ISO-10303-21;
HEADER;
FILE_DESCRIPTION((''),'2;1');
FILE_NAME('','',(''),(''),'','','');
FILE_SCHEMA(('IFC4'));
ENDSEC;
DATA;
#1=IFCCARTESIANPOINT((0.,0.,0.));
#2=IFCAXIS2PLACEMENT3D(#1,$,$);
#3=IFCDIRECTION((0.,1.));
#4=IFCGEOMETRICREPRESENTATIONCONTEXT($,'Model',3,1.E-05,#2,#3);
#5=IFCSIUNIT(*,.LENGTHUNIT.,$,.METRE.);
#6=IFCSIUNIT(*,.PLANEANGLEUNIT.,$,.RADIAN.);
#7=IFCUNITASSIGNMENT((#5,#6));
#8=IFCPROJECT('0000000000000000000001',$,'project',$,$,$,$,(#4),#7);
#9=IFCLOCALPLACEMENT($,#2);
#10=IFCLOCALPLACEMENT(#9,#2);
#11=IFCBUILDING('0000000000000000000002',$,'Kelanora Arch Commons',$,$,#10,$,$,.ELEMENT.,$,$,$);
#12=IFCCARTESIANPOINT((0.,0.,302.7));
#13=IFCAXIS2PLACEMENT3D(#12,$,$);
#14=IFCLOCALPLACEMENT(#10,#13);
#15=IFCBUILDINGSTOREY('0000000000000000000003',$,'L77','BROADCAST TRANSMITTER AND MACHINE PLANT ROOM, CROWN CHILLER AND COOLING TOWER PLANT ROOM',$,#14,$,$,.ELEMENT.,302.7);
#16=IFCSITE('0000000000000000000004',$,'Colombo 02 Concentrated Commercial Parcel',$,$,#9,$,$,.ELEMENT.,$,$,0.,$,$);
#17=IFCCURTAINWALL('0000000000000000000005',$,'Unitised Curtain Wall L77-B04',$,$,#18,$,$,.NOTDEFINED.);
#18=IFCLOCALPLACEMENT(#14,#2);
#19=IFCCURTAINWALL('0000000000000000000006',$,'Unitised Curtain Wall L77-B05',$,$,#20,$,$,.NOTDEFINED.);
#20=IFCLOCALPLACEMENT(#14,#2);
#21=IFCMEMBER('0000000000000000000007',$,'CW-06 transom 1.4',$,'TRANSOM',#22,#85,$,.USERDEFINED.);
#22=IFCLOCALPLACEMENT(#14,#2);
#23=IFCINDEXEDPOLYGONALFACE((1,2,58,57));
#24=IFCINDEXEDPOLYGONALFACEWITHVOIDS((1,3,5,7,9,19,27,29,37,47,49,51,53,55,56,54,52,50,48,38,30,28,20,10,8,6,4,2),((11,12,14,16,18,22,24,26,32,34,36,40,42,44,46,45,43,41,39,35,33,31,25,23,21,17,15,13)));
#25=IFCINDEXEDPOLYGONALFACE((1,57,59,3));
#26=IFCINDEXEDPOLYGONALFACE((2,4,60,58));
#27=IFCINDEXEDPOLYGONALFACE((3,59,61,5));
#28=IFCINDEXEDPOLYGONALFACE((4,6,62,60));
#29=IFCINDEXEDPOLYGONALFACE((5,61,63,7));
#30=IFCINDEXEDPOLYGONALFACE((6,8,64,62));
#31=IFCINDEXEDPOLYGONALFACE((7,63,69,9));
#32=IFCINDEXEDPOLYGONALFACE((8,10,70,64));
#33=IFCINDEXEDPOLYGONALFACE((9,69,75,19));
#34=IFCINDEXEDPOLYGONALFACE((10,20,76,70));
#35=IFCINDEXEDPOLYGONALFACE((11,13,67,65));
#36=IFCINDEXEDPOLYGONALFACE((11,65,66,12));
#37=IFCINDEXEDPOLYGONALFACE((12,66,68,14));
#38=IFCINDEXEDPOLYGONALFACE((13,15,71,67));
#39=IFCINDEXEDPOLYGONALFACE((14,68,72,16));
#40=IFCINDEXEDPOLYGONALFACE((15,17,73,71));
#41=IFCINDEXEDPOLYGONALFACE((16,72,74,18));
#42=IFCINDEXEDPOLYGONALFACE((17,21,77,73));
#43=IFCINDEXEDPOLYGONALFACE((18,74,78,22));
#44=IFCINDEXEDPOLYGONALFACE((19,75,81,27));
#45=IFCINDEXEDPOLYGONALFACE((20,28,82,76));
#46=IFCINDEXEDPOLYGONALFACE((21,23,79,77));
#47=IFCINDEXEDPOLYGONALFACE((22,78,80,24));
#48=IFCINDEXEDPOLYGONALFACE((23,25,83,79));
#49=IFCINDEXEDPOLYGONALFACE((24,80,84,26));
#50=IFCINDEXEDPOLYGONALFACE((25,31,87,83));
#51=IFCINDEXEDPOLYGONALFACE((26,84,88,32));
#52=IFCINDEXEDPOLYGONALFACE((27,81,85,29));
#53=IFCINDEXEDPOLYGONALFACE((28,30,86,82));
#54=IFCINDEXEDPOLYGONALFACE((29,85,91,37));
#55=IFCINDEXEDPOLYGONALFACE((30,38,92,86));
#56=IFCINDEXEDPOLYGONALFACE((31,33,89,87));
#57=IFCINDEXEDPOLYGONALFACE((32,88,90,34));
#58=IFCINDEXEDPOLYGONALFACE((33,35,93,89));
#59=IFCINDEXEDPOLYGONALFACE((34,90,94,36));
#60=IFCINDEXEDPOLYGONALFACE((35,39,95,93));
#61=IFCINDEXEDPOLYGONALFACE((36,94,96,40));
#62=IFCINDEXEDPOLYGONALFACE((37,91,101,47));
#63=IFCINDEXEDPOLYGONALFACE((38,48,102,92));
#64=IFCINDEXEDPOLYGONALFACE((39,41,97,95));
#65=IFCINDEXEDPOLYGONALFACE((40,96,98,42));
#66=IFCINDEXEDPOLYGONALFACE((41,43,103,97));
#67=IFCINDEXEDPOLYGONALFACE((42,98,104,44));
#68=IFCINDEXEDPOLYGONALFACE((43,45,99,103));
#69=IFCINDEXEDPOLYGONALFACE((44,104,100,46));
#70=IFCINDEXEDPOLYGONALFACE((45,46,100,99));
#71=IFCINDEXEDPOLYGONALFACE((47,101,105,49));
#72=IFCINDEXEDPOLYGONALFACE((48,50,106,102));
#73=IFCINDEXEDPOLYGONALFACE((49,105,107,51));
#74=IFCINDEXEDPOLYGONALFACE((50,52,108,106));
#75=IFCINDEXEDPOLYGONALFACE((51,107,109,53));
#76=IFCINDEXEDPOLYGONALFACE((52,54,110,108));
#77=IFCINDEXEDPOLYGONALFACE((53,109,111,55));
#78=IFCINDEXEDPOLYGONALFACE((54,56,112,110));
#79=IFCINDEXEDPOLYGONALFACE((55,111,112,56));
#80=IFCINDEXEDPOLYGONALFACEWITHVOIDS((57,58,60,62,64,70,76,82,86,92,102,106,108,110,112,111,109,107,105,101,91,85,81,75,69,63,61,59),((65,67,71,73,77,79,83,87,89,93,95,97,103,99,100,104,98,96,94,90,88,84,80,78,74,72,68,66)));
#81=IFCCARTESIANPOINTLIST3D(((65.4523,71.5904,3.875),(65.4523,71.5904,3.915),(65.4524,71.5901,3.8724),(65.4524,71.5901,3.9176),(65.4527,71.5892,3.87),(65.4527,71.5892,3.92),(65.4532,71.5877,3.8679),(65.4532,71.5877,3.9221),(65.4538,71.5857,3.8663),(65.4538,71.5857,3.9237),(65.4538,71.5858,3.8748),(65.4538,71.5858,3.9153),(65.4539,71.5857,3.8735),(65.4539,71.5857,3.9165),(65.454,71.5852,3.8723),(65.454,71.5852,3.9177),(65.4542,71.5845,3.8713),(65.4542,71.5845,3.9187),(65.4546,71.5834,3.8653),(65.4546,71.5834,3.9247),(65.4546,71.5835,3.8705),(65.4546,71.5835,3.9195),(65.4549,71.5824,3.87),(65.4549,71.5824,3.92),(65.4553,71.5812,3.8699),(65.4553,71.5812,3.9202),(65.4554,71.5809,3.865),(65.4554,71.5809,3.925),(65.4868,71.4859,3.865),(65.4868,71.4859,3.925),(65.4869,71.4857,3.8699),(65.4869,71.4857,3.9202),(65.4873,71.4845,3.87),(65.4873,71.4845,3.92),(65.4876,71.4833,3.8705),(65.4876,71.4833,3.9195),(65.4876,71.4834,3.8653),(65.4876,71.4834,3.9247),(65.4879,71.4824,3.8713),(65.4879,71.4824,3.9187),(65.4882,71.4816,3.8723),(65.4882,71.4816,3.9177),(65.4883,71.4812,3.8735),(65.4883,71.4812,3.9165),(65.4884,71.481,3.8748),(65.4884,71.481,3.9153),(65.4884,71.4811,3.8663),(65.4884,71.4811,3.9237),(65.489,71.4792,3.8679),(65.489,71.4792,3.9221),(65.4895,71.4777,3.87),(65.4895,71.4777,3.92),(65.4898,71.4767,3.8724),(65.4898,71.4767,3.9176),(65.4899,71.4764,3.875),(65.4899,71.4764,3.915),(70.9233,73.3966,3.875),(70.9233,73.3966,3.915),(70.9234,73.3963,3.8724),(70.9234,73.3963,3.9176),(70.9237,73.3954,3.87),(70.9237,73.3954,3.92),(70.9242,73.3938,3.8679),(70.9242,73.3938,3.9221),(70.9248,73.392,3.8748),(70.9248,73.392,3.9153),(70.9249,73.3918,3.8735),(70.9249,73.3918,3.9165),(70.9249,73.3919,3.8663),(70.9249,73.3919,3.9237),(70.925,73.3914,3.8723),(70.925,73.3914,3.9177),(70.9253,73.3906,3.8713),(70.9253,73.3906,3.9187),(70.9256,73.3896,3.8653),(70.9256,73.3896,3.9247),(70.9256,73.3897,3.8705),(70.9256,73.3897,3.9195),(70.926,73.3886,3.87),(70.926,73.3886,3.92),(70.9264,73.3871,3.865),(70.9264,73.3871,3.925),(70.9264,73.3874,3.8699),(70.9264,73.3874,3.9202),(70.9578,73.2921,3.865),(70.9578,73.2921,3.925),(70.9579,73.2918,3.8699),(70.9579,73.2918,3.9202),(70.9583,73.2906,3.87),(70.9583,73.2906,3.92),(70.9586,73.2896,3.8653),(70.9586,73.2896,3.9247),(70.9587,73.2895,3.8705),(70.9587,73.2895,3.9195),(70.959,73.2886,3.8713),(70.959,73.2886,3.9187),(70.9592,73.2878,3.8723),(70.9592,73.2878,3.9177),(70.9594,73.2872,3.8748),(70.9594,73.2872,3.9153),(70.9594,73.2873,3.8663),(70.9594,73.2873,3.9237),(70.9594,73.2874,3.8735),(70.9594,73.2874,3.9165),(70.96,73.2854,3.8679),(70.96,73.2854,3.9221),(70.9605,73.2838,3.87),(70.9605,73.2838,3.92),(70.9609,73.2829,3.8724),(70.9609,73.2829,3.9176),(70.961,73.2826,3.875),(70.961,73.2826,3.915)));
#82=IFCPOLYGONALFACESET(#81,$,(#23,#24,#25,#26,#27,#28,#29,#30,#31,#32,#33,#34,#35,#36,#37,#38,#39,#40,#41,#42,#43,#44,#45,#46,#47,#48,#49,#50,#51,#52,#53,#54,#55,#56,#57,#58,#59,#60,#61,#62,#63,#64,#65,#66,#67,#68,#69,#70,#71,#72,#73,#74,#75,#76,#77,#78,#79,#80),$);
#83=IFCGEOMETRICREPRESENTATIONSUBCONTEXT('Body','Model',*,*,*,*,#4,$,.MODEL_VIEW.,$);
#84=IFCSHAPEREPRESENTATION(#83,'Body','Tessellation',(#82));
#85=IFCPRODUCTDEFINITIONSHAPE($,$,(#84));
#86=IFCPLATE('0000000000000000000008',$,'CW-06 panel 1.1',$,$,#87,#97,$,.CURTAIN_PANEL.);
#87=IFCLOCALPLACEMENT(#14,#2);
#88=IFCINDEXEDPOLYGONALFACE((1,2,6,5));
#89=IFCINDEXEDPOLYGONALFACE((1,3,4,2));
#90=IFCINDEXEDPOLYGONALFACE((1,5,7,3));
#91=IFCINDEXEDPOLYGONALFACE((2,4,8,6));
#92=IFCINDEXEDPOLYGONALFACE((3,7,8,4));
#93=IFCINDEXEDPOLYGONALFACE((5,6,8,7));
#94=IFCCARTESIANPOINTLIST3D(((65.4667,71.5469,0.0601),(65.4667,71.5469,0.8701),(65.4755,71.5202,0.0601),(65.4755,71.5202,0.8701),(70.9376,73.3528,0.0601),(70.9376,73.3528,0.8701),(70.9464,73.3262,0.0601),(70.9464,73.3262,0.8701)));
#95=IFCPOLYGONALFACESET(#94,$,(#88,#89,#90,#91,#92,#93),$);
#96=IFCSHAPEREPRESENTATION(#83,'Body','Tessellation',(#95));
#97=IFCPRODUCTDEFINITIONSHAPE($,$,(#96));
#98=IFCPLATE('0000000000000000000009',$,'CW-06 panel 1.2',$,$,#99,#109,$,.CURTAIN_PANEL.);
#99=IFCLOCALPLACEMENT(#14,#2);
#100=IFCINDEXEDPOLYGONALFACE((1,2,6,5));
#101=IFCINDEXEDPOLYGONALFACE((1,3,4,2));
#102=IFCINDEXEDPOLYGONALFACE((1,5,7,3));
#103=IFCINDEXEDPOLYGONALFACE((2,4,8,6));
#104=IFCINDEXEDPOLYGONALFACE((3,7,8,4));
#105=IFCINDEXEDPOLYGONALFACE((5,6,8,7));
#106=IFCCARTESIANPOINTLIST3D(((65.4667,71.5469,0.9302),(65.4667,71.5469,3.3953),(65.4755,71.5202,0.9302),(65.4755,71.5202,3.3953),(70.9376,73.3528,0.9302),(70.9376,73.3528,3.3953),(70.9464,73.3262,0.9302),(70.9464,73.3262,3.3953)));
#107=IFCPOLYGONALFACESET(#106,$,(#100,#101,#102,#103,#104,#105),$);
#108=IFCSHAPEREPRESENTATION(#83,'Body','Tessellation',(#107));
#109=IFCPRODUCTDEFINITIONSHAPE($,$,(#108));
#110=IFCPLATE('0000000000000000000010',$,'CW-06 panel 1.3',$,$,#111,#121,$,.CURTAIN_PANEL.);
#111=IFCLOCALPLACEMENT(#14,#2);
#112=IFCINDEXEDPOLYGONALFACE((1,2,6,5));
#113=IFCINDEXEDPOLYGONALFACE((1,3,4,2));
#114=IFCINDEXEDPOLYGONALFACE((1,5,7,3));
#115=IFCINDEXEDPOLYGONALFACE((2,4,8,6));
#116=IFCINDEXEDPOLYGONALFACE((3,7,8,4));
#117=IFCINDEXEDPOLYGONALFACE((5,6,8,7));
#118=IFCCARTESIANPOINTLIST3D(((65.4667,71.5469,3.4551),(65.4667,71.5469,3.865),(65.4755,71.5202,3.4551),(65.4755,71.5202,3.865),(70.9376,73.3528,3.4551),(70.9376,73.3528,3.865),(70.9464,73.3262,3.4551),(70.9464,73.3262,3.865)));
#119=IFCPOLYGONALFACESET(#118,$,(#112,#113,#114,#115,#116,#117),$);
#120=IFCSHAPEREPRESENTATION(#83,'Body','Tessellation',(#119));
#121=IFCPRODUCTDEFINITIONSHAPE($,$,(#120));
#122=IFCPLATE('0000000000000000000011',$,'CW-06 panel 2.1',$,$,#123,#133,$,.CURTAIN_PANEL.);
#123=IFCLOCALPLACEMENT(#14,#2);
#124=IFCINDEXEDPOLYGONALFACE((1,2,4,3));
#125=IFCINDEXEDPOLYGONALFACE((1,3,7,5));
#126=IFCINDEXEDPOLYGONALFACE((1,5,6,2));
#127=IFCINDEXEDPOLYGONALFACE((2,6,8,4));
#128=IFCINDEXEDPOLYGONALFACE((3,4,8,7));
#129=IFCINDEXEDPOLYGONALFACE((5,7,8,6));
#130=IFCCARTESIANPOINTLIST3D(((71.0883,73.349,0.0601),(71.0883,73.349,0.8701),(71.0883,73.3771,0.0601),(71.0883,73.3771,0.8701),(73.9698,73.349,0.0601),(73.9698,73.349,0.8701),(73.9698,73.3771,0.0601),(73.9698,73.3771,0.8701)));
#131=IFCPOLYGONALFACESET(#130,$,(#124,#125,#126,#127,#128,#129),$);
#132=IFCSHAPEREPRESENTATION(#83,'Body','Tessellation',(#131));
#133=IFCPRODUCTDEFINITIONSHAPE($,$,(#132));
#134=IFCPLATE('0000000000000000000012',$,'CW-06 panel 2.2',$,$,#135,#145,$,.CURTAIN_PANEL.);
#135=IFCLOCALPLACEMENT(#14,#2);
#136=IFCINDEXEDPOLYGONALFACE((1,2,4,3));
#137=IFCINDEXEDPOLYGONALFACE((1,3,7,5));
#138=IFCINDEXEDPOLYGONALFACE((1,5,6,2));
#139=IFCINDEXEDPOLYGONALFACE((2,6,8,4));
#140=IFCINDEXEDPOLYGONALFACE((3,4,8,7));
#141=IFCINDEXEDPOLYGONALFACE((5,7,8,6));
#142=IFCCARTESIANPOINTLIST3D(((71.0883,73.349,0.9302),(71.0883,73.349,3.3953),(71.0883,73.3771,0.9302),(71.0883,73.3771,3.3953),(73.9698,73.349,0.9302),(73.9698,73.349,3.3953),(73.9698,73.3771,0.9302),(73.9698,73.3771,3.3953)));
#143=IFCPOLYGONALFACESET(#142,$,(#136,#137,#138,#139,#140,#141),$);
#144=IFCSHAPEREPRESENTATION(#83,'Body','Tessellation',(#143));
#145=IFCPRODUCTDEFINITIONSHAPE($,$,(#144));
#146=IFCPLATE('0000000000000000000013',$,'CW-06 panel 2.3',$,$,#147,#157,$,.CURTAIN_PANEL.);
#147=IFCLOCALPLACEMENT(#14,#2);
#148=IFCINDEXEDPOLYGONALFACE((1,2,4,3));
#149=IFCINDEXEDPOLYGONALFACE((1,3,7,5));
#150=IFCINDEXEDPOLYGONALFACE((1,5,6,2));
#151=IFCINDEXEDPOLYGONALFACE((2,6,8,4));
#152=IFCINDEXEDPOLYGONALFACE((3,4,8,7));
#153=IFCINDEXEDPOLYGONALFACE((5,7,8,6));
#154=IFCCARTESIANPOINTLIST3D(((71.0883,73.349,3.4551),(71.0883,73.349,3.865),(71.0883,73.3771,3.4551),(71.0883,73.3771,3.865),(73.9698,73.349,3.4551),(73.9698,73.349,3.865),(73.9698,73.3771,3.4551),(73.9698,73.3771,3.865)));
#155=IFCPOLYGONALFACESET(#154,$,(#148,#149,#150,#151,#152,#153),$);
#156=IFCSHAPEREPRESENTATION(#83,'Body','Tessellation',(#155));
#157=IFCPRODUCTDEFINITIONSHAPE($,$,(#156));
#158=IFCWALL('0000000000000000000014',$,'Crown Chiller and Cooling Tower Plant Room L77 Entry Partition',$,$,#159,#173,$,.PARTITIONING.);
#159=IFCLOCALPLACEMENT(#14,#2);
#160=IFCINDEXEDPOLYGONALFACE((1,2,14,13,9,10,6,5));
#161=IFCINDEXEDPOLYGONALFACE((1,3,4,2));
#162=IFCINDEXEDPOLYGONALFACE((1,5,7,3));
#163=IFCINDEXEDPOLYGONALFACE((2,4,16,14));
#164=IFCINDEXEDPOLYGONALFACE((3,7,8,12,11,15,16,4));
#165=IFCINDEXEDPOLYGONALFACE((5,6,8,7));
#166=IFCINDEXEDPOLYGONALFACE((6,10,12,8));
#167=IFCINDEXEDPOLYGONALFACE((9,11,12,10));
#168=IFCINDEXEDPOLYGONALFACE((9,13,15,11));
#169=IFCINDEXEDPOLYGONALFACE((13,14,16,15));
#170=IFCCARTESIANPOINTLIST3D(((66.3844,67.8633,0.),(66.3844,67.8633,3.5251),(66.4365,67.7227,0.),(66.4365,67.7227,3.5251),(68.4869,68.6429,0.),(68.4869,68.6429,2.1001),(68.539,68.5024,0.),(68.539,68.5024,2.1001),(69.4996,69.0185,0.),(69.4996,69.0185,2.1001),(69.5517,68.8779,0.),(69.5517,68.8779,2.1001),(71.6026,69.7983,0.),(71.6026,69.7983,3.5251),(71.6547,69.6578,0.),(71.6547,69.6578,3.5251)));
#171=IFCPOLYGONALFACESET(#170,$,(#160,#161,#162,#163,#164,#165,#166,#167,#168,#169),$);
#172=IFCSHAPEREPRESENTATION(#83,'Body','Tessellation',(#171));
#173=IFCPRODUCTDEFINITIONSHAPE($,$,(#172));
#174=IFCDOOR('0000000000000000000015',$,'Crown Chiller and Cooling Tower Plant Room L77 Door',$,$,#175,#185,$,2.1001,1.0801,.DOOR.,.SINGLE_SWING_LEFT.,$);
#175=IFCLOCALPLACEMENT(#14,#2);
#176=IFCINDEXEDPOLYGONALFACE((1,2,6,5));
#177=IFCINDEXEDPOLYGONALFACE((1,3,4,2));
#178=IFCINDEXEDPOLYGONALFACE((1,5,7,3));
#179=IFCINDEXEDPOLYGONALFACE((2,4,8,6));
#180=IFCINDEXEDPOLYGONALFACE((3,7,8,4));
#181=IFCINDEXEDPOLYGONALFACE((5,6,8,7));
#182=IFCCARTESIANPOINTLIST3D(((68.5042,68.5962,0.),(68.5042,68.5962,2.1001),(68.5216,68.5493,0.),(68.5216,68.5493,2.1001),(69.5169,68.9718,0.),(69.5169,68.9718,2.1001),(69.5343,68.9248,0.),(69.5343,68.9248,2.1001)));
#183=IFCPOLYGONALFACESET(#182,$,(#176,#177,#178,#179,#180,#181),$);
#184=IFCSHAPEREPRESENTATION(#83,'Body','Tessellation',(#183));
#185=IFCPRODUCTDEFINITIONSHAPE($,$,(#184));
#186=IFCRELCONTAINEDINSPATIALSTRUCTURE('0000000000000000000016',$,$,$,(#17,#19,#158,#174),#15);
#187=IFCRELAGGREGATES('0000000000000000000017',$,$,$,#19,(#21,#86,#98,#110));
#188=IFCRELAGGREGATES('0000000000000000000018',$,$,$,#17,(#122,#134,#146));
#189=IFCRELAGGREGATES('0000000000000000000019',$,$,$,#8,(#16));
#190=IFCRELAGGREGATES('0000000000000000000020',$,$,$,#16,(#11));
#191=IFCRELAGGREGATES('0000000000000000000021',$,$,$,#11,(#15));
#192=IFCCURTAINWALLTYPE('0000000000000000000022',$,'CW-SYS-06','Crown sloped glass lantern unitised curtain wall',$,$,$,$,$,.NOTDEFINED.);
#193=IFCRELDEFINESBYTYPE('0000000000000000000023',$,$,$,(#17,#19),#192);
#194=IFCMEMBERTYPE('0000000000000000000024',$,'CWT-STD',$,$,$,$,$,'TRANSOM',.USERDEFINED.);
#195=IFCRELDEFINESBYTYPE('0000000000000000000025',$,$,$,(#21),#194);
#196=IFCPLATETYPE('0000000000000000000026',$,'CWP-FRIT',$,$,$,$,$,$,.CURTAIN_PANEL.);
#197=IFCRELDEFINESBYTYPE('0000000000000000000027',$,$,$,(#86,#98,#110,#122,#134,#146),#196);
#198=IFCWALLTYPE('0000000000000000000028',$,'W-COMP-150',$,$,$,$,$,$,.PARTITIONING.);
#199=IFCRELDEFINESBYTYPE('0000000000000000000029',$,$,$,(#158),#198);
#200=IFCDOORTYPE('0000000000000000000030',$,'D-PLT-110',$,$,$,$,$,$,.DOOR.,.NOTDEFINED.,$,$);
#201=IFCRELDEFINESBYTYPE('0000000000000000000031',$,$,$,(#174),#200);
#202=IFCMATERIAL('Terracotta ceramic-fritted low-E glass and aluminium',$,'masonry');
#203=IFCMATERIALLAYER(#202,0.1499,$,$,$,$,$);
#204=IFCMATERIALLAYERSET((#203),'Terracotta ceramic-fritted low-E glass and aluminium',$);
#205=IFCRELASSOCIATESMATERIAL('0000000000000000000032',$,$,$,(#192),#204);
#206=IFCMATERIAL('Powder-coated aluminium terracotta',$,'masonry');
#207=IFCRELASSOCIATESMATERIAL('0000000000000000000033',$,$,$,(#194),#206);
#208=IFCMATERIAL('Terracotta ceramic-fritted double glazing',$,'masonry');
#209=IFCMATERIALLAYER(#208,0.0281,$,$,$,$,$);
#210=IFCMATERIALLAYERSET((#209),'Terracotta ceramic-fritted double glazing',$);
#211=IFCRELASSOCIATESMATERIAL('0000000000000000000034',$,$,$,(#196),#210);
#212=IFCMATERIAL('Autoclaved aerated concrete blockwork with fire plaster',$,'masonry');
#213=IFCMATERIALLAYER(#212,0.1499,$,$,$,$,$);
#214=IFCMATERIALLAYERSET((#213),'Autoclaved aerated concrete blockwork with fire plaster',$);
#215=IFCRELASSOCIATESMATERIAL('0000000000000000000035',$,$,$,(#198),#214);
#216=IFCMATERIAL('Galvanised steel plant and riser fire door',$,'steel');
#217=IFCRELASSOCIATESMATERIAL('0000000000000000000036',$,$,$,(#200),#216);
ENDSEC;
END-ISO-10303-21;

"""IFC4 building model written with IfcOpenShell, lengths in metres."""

from ifc_helpers import new_model, si_unit, direction, frame, frame_2d, origin, origin_2d, place, context, subcontext, project, spatial, rectangle, hollow_rectangle, extrude, source, transform, mapped, material, layer, layer_set, material_profile, profile_set, type_object, element, fill, aggregate, save


model = new_model("IFC4")

# Units and contexts
model_context = context("Model", 3, precision=1e-05, world=origin(), true_north=direction((0.0, 1.0)))
body_context = subcontext(model_context, "Body", "Model", "MODEL_VIEW")
ifc_project = project(units=[si_unit("LENGTHUNIT", "METRE"), si_unit("PLANEANGLEUNIT", "RADIAN")], contexts=[model_context])

# Site, building, storey
site_placement = place(None, origin())
site = spatial("IfcSite", under=ifc_project, at=site_placement, Name="Colombo 02 Concentrated Commercial Parcel", CompositionType="ELEMENT", RefElevation=0.0)
building_placement = place(site_placement, origin())
building = spatial("IfcBuilding", under=site, at=building_placement, Name="Kelanora Arch Commons", CompositionType="ELEMENT")
storey_placement = place(building_placement, frame((0.0, 0.0, 302.7)))
storey = spatial("IfcBuildingStorey", under=building, at=storey_placement, Name="L77", Description="BROADCAST TRANSMITTER AND MACHINE PLANT ROOM, CROWN CHILLER AND COOLING TOWER PLANT ROOM", CompositionType="ELEMENT", Elevation=302.7)

# Curtain walls
ifc_material_1 = material(Name="Terracotta ceramic-fritted low-E glass and aluminium", Category="masonry")
ifc_layer_1 = layer(ifc_material_1, 0.1499)
ifc_layer_set_1 = layer_set([ifc_layer_1], Name="Terracotta ceramic-fritted low-E glass and aluminium")
curtain_wall_type = type_object("IfcCurtainWallType", Name="CW-SYS-06", Description="Crown sloped glass lantern unitised curtain wall", PredefinedType="NOTDEFINED", material=ifc_layer_set_1)
curtain_wall_1_placement = place(storey_placement, origin())
curtain_wall_1 = element("IfcCurtainWall", 1, at=curtain_wall_1_placement, inside=storey, type_object=curtain_wall_type, Name="Unitised Curtain Wall L77-B04", PredefinedType="NOTDEFINED")
ifc_material_2 = material(Name="Powder-coated aluminium terracotta", Category="masonry")
curtain_wall_2_placement = place(storey_placement, origin())
curtain_wall_2 = element("IfcCurtainWall", 2, at=curtain_wall_2_placement, inside=storey, type_object=curtain_wall_type, Name="Unitised Curtain Wall L77-B05", PredefinedType="NOTDEFINED")

# Member
ifc_material_profile_1 = material_profile(ifc_material_2, hollow_rectangle(XDim=0.1201, YDim=0.0601, WallThickness=0.0049, InnerFilletRadius=0.0049, OuterFilletRadius=0.01, at=origin_2d()), Name="CWT120x60")
ifc_profile_set_1 = profile_set([ifc_material_profile_1], Name="Powder-coated aluminium terracotta")
member_type_1 = type_object("IfcMemberType", Name="CWT-STD", ElementType="TRANSOM", PredefinedType="USERDEFINED", material=ifc_profile_set_1)
member_1_placement = place(storey_placement, frame((70.9421, 73.3396, 3.895), z_axis=(-0.94959, -0.313493, 0.0), x_axis=(0.313493, -0.94959, 0.0)))
member_1 = element("IfcMember", 3, at=member_1_placement, type_object=member_type_1, Name="CW-06 transom 1.4", ObjectType="TRANSOM", PredefinedType="USERDEFINED", context=body_context, shape_type="SweptSolid", body=[
    extrude(hollow_rectangle(XDim=0.1201, YDim=0.0601, WallThickness=0.0049, InnerFilletRadius=0.0049, OuterFilletRadius=0.01, at=origin_2d()), origin(), (0.0, 0.0, 1.0), 5.7615),
])

# Plates
ifc_material_3 = material(Name="Terracotta ceramic-fritted double glazing", Category="masonry")
ifc_layer_2 = layer(ifc_material_3, 0.0281)
ifc_layer_set_2 = layer_set([ifc_layer_2], Name="Terracotta ceramic-fritted double glazing")
plate_type = type_object("IfcPlateType", Name="CWP-FRIT", PredefinedType="CURTAIN_PANEL", material=ifc_layer_set_2)
shared_shape_1 = source(origin(), body_context, "Body", "SweptSolid", [
    extrude(rectangle(XDim=5.7612, YDim=0.0281, at=origin_2d()), origin(), (0.0, 0.0, 1.0), 0.8101),
])
plate_1_placement = place(storey_placement, frame((68.2065, 72.4365, 0.0601), z_axis=(0.0, 0.0, 1.0), x_axis=(-0.949599, -0.313467, 0.0)))
plate_1 = element("IfcPlate", 4, at=plate_1_placement, type_object=plate_type, Name="CW-06 panel 1.1", PredefinedType="CURTAIN_PANEL", context=body_context, shape_type="MappedRepresentation", body=[
    mapped(shared_shape_1, transform((0.0, 0.0, 0.0), scale=1.0)),
])
shared_shape_2 = source(origin(), body_context, "Body", "SweptSolid", [
    extrude(rectangle(XDim=5.7612, YDim=0.0281, at=origin_2d()), origin(), (0.0, 0.0, 1.0), 2.4651),
])
plate_2_placement = place(storey_placement, frame((68.2065, 72.4365, 0.9302), z_axis=(0.0, 0.0, 1.0), x_axis=(-0.949599, -0.313467, 0.0)))
plate_2 = element("IfcPlate", 5, at=plate_2_placement, type_object=plate_type, Name="CW-06 panel 1.2", PredefinedType="CURTAIN_PANEL", context=body_context, shape_type="MappedRepresentation", body=[
    mapped(shared_shape_2, transform((0.0, 0.0, 0.0), scale=1.0)),
])
shared_shape_3 = source(origin(), body_context, "Body", "SweptSolid", [
    extrude(rectangle(XDim=5.7612, YDim=0.0281, at=origin_2d()), origin(), (0.0, 0.0, 1.0), 0.4099),
])
plate_3_placement = place(storey_placement, frame((68.2065, 72.4365, 3.4551), z_axis=(0.0, 0.0, 1.0), x_axis=(-0.949599, -0.313467, 0.0)))
plate_3 = element("IfcPlate", 6, at=plate_3_placement, type_object=plate_type, Name="CW-06 panel 1.3", PredefinedType="CURTAIN_PANEL", context=body_context, shape_type="MappedRepresentation", body=[
    mapped(shared_shape_3, transform((0.0, 0.0, 0.0), scale=1.0)),
])
aggregate(curtain_wall_2, [member_1, plate_1, plate_2, plate_3])
shared_shape_4 = source(origin(), body_context, "Body", "SweptSolid", [
    extrude(rectangle(XDim=2.8816, YDim=0.0281, at=origin_2d()), origin(), (0.0, 0.0, 1.0), 0.8101),
])
plate_4_placement = place(storey_placement, frame((72.5291, 73.363, 0.0601), z_axis=(0.0, 0.0, 1.0), x_axis=(-1.0, 0.0, 0.0)))
plate_4 = element("IfcPlate", 7, at=plate_4_placement, type_object=plate_type, Name="CW-06 panel 2.1", PredefinedType="CURTAIN_PANEL", context=body_context, shape_type="MappedRepresentation", body=[
    mapped(shared_shape_4, transform((0.0, 0.0, 0.0), scale=1.0)),
])
shared_shape_5 = source(origin(), body_context, "Body", "SweptSolid", [
    extrude(rectangle(XDim=2.8816, YDim=0.0281, at=origin_2d()), origin(), (0.0, 0.0, 1.0), 2.4651),
])
plate_5_placement = place(storey_placement, frame((72.5291, 73.363, 0.9302), z_axis=(0.0, 0.0, 1.0), x_axis=(-1.0, 0.0, 0.0)))
plate_5 = element("IfcPlate", 8, at=plate_5_placement, type_object=plate_type, Name="CW-06 panel 2.2", PredefinedType="CURTAIN_PANEL", context=body_context, shape_type="MappedRepresentation", body=[
    mapped(shared_shape_5, transform((0.0, 0.0, 0.0), scale=1.0)),
])
shared_shape_6 = source(origin(), body_context, "Body", "SweptSolid", [
    extrude(rectangle(XDim=2.8816, YDim=0.0281, at=origin_2d()), origin(), (0.0, 0.0, 1.0), 0.4099),
])
plate_6_placement = place(storey_placement, frame((72.5291, 73.363, 3.4551), z_axis=(0.0, 0.0, 1.0), x_axis=(-1.0, 0.0, 0.0)))
plate_6 = element("IfcPlate", 9, at=plate_6_placement, type_object=plate_type, Name="CW-06 panel 2.3", PredefinedType="CURTAIN_PANEL", context=body_context, shape_type="MappedRepresentation", body=[
    mapped(shared_shape_6, transform((0.0, 0.0, 0.0), scale=1.0)),
])
aggregate(curtain_wall_1, [plate_4, plate_5, plate_6])

# Wall, opening, door
ifc_material_4 = material(Name="Autoclaved aerated concrete blockwork with fire plaster", Category="masonry")
ifc_layer_3 = layer(ifc_material_4, 0.1499)
ifc_layer_set_3 = layer_set([ifc_layer_3], Name="Autoclaved aerated concrete blockwork with fire plaster")
wall_type = type_object("IfcWallType", Name="W-COMP-150", PredefinedType="PARTITIONING", material=ifc_layer_set_3)
wall_placement = place(storey_placement, frame((71.6287, 69.728, 0.0), z_axis=(0.0, 0.0, 1.0), x_axis=(-0.93761, -0.347689, 0.0)))
wall = element("IfcWall", 10, at=wall_placement, inside=storey, type_object=wall_type, Name="Crown Chiller and Cooling Tower Plant Room L77 Entry Partition", PredefinedType="PARTITIONING", context=body_context, shape_type="SweptSolid", body=[
    extrude(rectangle(XDim=5.5654, YDim=0.1499, at=frame_2d((2.7827, 0.0))), origin(), (0.0, 0.0, 1.0), 3.5251),
])
opening_placement = place(wall_placement, frame((2.2429, 0.0, 0.0)))
opening = element("IfcOpeningElement", 11, at=opening_placement, cuts=wall, PredefinedType="OPENING", context=body_context, shape_type="SweptSolid", body=[
    extrude(rectangle(XDim=1.0801, YDim=2.1001, at=frame_2d((0.54, 1.05))), frame((0.0, 0.085, 0.0), z_axis=(0.0, -1.0, 0.0), x_axis=(1.0, 0.0, 0.0)), (0.0, 0.0, 1.0), 0.1699),
])
ifc_material_5 = material(Name="Galvanised steel plant and riser fire door", Category="steel")
door_type = type_object("IfcDoorType", Name="D-PLT-110", OperationType="NOTDEFINED", PredefinedType="DOOR", material=ifc_material_5)
door_placement = place(opening_placement, origin())
door = element("IfcDoor", 12, at=door_placement, inside=storey, type_object=door_type, Name="Crown Chiller and Cooling Tower Plant Room L77 Door", OperationType="SINGLE_SWING_LEFT", OverallHeight=2.1001, OverallWidth=1.0801, PredefinedType="DOOR", context=body_context, shape_type="SweptSolid", body=[
    extrude(rectangle(XDim=1.0801, YDim=2.1001, at=frame_2d((0.54, 1.05))), frame((0.0, 0.0249, 0.0), z_axis=(0.0, -1.0, 0.0), x_axis=(1.0, 0.0, 0.0)), (0.0, 0.0, 1.0), 0.05),
])
fill(opening, door)

save(model, "model.ifc")
